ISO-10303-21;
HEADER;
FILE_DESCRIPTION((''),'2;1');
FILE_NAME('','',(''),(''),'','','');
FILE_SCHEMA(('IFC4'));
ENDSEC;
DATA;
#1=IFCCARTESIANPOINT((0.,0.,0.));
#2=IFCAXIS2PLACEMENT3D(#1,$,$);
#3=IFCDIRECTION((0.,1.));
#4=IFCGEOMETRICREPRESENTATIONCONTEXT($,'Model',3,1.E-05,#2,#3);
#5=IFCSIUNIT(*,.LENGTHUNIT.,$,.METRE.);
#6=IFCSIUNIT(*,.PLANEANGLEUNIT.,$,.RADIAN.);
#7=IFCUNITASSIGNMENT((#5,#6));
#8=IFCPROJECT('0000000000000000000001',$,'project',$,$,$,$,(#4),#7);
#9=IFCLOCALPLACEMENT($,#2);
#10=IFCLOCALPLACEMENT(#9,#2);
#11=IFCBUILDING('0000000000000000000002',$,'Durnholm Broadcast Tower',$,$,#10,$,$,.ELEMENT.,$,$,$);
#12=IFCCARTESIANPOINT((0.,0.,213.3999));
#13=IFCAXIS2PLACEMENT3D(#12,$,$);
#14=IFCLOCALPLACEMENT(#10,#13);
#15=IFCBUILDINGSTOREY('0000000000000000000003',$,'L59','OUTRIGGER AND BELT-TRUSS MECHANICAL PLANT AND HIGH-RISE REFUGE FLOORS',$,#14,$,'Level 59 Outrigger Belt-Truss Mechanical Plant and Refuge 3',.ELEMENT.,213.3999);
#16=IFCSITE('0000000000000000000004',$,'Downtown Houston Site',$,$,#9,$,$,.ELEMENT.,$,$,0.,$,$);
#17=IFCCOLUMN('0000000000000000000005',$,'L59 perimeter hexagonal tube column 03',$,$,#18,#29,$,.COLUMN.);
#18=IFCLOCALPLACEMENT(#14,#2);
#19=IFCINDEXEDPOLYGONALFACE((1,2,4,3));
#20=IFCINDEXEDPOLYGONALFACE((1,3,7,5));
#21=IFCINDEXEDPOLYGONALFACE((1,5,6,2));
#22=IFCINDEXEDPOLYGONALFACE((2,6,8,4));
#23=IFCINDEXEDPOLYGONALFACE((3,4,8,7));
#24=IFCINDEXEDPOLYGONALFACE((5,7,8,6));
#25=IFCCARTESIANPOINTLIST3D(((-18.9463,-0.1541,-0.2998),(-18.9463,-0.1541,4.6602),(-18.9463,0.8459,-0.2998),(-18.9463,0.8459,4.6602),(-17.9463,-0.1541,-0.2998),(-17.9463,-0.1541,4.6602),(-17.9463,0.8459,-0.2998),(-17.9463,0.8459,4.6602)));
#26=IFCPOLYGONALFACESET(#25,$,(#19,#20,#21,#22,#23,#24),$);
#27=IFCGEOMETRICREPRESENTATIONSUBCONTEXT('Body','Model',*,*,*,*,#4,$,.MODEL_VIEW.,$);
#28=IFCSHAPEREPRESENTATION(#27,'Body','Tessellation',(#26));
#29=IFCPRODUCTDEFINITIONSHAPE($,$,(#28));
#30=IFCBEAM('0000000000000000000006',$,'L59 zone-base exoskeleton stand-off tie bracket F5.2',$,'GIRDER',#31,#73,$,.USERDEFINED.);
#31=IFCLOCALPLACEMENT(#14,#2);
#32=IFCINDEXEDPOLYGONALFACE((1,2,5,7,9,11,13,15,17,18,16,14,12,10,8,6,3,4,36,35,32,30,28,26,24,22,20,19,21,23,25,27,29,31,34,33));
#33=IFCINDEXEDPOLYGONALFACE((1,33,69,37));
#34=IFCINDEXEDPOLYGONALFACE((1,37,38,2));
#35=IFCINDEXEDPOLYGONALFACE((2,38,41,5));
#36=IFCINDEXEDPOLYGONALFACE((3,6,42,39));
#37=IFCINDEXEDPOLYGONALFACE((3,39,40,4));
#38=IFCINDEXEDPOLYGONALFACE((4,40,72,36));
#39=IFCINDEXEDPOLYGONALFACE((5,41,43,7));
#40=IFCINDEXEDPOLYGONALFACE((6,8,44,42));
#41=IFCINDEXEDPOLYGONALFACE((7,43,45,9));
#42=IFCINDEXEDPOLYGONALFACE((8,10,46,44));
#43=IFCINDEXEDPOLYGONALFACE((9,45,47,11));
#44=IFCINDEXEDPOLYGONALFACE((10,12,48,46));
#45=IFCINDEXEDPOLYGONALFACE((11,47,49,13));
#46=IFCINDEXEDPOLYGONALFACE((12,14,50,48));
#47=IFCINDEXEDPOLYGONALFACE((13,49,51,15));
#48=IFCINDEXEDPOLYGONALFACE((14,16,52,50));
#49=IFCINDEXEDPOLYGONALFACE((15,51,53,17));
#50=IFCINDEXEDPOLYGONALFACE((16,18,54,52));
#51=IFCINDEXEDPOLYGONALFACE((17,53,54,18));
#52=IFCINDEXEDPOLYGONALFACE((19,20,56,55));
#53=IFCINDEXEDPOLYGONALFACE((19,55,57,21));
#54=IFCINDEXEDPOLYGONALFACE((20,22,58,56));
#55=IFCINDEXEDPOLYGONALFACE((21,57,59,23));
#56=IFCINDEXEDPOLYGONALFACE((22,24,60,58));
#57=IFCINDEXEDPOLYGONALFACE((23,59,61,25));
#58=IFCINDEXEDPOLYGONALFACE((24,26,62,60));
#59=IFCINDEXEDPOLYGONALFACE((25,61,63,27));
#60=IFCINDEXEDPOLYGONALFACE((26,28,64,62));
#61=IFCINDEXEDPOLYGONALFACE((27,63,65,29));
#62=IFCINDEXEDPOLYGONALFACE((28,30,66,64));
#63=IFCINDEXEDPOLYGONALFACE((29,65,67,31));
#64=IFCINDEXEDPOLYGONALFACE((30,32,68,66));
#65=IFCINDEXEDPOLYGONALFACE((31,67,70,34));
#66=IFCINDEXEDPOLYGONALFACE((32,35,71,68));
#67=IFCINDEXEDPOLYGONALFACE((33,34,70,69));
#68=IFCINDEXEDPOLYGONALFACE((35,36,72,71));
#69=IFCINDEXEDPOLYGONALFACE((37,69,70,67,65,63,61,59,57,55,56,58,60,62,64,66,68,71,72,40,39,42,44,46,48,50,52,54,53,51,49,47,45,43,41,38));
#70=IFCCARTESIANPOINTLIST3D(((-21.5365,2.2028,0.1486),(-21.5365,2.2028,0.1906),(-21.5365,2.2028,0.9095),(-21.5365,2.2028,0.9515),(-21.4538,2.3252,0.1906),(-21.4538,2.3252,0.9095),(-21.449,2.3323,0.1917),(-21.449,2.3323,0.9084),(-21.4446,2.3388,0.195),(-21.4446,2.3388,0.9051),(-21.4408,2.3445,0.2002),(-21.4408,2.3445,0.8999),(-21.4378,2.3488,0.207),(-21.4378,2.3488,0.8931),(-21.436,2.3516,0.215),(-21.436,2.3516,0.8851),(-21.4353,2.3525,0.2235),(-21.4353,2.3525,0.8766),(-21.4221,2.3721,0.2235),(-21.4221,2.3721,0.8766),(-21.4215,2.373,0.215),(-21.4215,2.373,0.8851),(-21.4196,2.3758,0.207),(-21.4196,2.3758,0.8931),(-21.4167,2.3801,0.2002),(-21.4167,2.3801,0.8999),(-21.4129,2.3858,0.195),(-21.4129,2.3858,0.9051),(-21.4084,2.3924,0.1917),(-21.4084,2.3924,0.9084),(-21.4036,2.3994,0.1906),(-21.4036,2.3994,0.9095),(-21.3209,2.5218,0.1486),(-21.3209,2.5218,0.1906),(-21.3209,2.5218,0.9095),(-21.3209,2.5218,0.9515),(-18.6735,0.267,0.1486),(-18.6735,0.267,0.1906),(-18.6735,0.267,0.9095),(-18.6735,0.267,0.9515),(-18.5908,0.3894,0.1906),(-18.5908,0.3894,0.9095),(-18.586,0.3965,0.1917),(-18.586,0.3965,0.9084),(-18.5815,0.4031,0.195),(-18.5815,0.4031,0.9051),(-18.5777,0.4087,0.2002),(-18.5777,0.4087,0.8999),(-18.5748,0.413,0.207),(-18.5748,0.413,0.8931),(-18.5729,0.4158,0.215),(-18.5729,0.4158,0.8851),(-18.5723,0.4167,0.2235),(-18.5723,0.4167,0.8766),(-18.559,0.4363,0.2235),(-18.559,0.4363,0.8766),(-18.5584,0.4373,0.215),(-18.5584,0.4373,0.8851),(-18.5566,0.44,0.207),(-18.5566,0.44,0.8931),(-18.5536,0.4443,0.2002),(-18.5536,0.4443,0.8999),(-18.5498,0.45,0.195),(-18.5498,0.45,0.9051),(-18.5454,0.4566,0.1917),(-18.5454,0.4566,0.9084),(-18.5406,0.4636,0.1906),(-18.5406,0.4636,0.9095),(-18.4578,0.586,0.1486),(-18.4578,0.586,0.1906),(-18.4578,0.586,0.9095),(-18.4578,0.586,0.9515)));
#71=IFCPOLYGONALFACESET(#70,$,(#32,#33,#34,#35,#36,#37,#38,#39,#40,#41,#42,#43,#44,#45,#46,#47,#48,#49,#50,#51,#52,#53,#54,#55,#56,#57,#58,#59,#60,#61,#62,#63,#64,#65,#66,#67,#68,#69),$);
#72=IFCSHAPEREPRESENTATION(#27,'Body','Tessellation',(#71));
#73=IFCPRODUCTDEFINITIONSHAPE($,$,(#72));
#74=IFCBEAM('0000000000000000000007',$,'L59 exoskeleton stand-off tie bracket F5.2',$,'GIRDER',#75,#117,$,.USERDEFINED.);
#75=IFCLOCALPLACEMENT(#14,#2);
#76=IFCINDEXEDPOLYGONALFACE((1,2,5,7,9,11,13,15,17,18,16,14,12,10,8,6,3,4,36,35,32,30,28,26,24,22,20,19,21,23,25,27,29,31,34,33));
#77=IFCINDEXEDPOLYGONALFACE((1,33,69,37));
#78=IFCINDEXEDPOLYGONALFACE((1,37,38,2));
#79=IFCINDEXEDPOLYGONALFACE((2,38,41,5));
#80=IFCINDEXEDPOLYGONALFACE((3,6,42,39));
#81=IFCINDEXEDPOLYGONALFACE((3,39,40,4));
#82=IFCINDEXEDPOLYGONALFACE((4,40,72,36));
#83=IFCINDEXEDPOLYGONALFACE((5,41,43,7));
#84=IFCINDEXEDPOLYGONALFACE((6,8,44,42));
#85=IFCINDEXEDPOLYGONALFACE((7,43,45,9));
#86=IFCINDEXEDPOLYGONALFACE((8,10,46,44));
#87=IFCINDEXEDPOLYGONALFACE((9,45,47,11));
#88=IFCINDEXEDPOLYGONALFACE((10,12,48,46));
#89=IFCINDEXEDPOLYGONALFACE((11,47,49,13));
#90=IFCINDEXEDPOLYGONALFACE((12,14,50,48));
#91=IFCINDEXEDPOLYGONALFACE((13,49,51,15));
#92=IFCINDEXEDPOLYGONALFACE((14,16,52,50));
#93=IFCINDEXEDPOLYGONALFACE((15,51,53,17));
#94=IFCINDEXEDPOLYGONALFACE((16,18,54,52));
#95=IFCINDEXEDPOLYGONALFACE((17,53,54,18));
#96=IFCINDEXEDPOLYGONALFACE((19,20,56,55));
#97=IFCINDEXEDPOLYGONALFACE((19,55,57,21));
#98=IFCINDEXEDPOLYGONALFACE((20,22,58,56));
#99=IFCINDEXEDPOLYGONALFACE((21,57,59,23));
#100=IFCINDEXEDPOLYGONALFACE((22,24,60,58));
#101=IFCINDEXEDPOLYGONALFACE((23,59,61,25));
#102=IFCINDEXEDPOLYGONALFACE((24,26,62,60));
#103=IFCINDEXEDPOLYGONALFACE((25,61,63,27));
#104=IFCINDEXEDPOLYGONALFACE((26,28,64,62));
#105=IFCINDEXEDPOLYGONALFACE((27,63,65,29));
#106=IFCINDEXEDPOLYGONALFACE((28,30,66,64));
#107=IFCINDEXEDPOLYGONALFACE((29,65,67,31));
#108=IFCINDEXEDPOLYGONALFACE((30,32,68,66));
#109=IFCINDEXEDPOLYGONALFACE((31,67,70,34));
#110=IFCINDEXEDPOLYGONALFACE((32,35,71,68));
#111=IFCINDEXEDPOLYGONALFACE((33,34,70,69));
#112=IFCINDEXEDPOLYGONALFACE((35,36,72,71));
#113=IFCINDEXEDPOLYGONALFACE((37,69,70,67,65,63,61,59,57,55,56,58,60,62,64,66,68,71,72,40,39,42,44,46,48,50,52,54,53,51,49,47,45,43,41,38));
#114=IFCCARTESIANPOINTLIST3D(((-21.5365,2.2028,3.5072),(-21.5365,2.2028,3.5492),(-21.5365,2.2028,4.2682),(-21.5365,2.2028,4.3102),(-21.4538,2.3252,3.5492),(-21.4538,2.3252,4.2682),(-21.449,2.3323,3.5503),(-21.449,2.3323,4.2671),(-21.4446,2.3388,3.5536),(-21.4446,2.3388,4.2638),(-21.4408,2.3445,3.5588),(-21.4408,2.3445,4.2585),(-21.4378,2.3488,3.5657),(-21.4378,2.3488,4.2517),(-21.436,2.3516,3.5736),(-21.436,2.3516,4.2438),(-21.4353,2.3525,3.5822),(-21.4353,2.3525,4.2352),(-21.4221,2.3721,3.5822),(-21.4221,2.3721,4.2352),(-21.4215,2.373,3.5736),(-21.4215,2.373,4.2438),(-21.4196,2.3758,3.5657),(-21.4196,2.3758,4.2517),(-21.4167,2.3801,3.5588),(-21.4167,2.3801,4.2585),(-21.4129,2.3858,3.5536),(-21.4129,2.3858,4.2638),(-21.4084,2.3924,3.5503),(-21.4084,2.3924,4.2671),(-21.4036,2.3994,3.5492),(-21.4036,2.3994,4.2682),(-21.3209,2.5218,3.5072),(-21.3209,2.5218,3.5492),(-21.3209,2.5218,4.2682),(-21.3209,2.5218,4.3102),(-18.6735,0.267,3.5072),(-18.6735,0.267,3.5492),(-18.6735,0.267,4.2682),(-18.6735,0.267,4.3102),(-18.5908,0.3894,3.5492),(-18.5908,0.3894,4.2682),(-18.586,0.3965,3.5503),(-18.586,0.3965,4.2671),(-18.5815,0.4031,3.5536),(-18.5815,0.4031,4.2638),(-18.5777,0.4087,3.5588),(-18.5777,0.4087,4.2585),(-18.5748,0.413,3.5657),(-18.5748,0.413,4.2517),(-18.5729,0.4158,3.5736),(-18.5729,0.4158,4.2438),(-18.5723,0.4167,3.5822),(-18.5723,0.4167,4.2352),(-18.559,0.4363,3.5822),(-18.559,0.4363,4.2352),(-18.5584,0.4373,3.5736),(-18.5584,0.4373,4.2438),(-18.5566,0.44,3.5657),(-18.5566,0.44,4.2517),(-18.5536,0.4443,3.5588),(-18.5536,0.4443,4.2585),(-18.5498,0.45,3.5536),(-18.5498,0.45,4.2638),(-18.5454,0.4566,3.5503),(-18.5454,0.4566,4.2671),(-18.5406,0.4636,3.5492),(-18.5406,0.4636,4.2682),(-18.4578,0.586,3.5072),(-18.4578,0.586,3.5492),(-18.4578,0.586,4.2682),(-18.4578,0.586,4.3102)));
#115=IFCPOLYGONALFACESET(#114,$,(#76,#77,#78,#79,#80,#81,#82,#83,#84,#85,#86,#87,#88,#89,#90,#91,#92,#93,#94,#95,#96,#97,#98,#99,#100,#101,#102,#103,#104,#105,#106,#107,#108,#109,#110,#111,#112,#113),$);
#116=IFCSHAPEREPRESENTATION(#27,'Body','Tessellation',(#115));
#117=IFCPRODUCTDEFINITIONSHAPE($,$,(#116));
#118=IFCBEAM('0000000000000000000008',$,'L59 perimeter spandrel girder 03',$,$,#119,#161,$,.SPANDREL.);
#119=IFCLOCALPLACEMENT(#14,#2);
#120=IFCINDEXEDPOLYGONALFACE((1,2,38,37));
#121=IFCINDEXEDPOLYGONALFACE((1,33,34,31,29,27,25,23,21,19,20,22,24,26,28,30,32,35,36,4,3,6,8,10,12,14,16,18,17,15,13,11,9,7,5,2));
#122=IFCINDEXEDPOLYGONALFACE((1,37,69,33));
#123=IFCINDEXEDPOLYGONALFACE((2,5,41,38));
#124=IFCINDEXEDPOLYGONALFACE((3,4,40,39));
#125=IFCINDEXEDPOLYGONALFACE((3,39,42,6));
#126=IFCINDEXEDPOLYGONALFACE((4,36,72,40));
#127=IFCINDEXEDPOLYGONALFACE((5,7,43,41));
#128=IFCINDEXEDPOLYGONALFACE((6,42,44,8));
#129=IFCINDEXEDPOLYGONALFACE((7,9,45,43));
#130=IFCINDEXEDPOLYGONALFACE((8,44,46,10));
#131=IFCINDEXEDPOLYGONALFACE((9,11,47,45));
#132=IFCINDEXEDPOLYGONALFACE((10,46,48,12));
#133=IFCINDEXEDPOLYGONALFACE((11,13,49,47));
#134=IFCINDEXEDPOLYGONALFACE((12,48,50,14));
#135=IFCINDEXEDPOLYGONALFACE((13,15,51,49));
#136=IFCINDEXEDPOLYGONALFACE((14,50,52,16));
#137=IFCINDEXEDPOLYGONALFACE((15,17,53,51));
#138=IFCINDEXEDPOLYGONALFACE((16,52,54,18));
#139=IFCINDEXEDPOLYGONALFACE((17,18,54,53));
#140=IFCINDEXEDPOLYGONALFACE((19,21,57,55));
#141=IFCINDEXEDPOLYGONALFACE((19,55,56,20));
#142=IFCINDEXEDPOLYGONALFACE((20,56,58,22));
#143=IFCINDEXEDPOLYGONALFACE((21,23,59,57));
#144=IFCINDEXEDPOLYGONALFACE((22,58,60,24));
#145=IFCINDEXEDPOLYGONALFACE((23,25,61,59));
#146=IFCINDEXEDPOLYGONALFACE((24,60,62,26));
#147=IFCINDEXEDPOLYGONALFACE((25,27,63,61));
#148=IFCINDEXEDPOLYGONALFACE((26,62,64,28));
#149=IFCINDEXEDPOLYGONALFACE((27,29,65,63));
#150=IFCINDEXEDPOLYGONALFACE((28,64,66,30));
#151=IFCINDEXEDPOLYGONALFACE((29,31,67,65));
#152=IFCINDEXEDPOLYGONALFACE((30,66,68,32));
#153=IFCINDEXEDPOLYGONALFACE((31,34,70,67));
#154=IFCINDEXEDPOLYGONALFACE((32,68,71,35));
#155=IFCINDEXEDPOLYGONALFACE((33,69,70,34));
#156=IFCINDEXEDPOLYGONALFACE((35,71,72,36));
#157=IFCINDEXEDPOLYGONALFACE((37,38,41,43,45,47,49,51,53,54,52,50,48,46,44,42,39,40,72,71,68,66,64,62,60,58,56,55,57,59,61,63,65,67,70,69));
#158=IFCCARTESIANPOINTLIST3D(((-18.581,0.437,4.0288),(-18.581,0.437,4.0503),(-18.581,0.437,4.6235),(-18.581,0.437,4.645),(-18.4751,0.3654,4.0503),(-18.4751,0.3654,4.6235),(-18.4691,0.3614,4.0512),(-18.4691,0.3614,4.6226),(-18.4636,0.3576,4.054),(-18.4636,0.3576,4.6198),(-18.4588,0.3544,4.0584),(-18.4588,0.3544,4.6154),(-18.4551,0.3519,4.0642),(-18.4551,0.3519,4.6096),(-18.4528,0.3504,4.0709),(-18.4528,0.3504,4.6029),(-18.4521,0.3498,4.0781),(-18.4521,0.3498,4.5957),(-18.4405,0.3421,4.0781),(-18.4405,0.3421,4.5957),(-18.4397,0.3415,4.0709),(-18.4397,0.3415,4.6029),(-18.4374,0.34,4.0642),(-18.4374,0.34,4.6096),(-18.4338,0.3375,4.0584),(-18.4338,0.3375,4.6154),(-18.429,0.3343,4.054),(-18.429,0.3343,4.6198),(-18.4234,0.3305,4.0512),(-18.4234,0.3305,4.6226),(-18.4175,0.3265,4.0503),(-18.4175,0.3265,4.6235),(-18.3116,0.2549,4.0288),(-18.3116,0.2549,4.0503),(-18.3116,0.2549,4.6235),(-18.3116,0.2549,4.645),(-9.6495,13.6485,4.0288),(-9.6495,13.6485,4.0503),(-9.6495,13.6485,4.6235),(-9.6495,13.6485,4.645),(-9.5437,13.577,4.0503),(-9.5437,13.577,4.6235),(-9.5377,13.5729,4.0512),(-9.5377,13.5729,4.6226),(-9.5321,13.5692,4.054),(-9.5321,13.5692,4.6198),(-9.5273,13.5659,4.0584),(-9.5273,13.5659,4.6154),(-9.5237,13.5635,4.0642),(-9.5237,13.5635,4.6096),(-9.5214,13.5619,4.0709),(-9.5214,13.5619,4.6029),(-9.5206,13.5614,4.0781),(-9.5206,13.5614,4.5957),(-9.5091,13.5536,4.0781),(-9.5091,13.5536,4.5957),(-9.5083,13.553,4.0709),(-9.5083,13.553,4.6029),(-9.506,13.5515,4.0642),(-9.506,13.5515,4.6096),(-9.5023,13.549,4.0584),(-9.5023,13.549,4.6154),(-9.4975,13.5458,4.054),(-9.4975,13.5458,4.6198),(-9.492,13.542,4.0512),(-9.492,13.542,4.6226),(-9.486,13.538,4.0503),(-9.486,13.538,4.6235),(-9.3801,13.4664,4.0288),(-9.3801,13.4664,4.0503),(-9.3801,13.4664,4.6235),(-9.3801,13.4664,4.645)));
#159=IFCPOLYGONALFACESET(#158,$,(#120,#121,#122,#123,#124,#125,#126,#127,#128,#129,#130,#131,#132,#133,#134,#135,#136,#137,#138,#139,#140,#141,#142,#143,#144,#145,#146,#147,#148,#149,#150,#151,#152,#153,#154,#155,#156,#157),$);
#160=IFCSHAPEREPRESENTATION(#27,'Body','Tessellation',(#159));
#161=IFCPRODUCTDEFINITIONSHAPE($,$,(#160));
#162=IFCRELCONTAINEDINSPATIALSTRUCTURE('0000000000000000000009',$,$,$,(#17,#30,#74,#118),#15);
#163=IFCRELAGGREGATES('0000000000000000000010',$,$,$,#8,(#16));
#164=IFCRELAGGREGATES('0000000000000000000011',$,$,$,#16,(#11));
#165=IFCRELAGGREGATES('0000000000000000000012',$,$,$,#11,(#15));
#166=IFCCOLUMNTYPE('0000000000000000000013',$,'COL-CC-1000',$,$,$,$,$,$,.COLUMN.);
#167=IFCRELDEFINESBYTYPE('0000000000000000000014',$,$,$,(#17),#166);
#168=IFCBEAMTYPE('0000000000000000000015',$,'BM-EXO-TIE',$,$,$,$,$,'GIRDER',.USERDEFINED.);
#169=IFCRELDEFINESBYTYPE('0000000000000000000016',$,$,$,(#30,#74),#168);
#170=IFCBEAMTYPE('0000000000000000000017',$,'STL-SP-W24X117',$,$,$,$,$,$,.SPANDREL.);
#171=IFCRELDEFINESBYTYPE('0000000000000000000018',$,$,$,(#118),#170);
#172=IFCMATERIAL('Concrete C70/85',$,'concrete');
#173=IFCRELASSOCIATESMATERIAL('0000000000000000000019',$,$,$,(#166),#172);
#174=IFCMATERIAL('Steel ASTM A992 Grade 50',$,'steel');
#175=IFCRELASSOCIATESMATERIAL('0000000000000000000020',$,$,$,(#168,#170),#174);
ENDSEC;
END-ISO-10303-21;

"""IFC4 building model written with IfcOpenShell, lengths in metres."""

from ifc_helpers import new_model, si_unit, direction, frame, origin, origin_2d, place, context, subcontext, project, spatial, rectangle, i_section, extrude, source, transform, mapped, material, material_profile, profile_set, type_object, type_shapes, element, save


model = new_model("IFC4")

# Units and contexts
model_context = context("Model", 3, precision=1e-05, world=origin(), true_north=direction((0.0, 1.0)))
body_context = subcontext(model_context, "Body", "Model", "MODEL_VIEW")
ifc_project = project(units=[si_unit("LENGTHUNIT", "METRE"), si_unit("PLANEANGLEUNIT", "RADIAN")], contexts=[model_context])

# Site, building, storey
site_placement = place(None, origin())
site = spatial("IfcSite", under=ifc_project, at=site_placement, Name="Downtown Houston Site", CompositionType="ELEMENT", RefElevation=0.0)
building_placement = place(site_placement, origin())
building = spatial("IfcBuilding", under=site, at=building_placement, Name="Durnholm Broadcast Tower", CompositionType="ELEMENT")
storey_placement = place(building_placement, frame((0.0, 0.0, 213.3999)))
storey = spatial("IfcBuildingStorey", under=building, at=storey_placement, Name="L59", Description="OUTRIGGER AND BELT-TRUSS MECHANICAL PLANT AND HIGH-RISE REFUGE FLOORS", LongName="Level 59 Outrigger Belt-Truss Mechanical Plant and Refuge 3", CompositionType="ELEMENT", Elevation=213.3999)

# Column
ifc_material_1 = material(Name="Concrete C70/85", Category="concrete")
ifc_material_profile_1 = material_profile(ifc_material_1, rectangle(XDim=1.0, YDim=1.0, at=origin_2d()), Name="RC1000X1000")
ifc_profile_set_1 = profile_set([ifc_material_profile_1], Name="Concrete C70/85")
column_type = type_object("IfcColumnType", Name="COL-CC-1000", PredefinedType="COLUMN", material=ifc_profile_set_1)
shared_shape_1 = source(origin(), body_context, "Body", "SweptSolid", [
    extrude(rectangle(XDim=1.0, YDim=1.0, at=origin_2d()), origin(), (0.0, 0.0, 1.0), 4.96),
])
type_shapes(column_type, [shared_shape_1])
column_placement = place(storey_placement, frame((-18.4463, 0.3459, -0.2998), z_axis=(0.0, 0.0, 1.0), x_axis=(1.0, 0.0, 0.0)))
element("IfcColumn", 1, at=column_placement, inside=storey, type_object=column_type, Name="L59 perimeter hexagonal tube column 03", PredefinedType="COLUMN", context=body_context, shape_type="MappedRepresentation", body=[
    mapped(shared_shape_1, transform((0.0, 0.0, 0.0), x_axis=(1.0, 0.0, 0.0), y_axis=(0.0, 1.0, 0.0), z_axis=(0.0, 0.0, 1.0), scale=1.0)),
])

# Beams
ifc_material_2 = material(Name="Steel ASTM A992 Grade 50", Category="steel")
ifc_material_profile_2 = material_profile(ifc_material_2, i_section(OverallWidth=0.385, OverallDepth=0.803, WebThickness=0.0237, FlangeThickness=0.042, FilletRadius=0.033, at=origin_2d()), Name="W30X261")
ifc_profile_set_2 = profile_set([ifc_material_profile_2], Name="Steel ASTM A992 Grade 50")
beam_type_1 = type_object("IfcBeamType", Name="BM-EXO-TIE", ElementType="GIRDER", PredefinedType="USERDEFINED", material=ifc_profile_set_2)
shared_shape_2 = source(origin(), body_context, "Body", "SweptSolid", [
    extrude(i_section(OverallWidth=0.385, OverallDepth=0.803, WebThickness=0.0237, FlangeThickness=0.042, FilletRadius=0.033, at=origin_2d()), origin(), (0.0, 0.0, 1.0), 3.4561),
])
type_shapes(beam_type_1, [shared_shape_2])
for number, where, z_axis, x_axis, name in (
    (2, (-18.5657, 0.4265, 0.55), (-0.828414, 0.560117, 0.0), (-0.560117, -0.828414, 0.0), "L59 zone-base exoskeleton stand-off tie bracket F5.2"),
    (3, (-18.5657, 0.4265, 3.9087), (-0.828414, 0.560117, 0.0), (-0.560117, -0.828414, 0.0), "L59 exoskeleton stand-off tie bracket F5.2"),
):
    element("IfcBeam", number, at=place(storey_placement, frame(where, z_axis=z_axis, x_axis=x_axis)), inside=storey, type_object=beam_type_1, Name=name, ObjectType="GIRDER", PredefinedType="USERDEFINED", context=body_context, shape_type="MappedRepresentation", body=[
        mapped(shared_shape_2, transform((0.0, 0.0, 0.0), x_axis=(1.0, 0.0, 0.0), y_axis=(0.0, 1.0, 0.0), z_axis=(0.0, 0.0, 1.0), scale=1.0)),
    ])
ifc_material_profile_3 = material_profile(ifc_material_2, i_section(OverallWidth=0.3252, OverallDepth=0.6162, WebThickness=0.0139, FlangeThickness=0.0215, FilletRadius=0.0278, at=origin_2d()), Name="W24X117")
ifc_profile_set_3 = profile_set([ifc_material_profile_3], Name="Steel ASTM A992 Grade 50")
beam_type_2 = type_object("IfcBeamType", Name="STL-SP-W24X117", PredefinedType="SPANDREL", material=ifc_profile_set_3)
shared_shape_3 = source(origin(), body_context, "Body", "SweptSolid", [
    extrude(i_section(OverallWidth=0.3252, OverallDepth=0.6162, WebThickness=0.0139, FlangeThickness=0.0215, FilletRadius=0.0278, at=origin_2d()), origin(), (0.0, 0.0, 1.0), 15.9473),
])
type_shapes(beam_type_2, [shared_shape_3])
beam_1_placement = place(storey_placement, frame((-18.4463, 0.3459, 4.3369), z_axis=(0.560062, 0.828451, 0.0), x_axis=(-0.828451, 0.560062, 0.0)))
element("IfcBeam", 4, at=beam_1_placement, inside=storey, type_object=beam_type_2, Name="L59 perimeter spandrel girder 03", PredefinedType="SPANDREL", context=body_context, shape_type="MappedRepresentation", body=[
    mapped(shared_shape_3, transform((0.0, 0.0, 0.0), x_axis=(1.0, 0.0, 0.0), y_axis=(0.0, 1.0, 0.0), z_axis=(0.0, 0.0, 1.0), scale=1.0)),
])

save(model, "model.ifc")
